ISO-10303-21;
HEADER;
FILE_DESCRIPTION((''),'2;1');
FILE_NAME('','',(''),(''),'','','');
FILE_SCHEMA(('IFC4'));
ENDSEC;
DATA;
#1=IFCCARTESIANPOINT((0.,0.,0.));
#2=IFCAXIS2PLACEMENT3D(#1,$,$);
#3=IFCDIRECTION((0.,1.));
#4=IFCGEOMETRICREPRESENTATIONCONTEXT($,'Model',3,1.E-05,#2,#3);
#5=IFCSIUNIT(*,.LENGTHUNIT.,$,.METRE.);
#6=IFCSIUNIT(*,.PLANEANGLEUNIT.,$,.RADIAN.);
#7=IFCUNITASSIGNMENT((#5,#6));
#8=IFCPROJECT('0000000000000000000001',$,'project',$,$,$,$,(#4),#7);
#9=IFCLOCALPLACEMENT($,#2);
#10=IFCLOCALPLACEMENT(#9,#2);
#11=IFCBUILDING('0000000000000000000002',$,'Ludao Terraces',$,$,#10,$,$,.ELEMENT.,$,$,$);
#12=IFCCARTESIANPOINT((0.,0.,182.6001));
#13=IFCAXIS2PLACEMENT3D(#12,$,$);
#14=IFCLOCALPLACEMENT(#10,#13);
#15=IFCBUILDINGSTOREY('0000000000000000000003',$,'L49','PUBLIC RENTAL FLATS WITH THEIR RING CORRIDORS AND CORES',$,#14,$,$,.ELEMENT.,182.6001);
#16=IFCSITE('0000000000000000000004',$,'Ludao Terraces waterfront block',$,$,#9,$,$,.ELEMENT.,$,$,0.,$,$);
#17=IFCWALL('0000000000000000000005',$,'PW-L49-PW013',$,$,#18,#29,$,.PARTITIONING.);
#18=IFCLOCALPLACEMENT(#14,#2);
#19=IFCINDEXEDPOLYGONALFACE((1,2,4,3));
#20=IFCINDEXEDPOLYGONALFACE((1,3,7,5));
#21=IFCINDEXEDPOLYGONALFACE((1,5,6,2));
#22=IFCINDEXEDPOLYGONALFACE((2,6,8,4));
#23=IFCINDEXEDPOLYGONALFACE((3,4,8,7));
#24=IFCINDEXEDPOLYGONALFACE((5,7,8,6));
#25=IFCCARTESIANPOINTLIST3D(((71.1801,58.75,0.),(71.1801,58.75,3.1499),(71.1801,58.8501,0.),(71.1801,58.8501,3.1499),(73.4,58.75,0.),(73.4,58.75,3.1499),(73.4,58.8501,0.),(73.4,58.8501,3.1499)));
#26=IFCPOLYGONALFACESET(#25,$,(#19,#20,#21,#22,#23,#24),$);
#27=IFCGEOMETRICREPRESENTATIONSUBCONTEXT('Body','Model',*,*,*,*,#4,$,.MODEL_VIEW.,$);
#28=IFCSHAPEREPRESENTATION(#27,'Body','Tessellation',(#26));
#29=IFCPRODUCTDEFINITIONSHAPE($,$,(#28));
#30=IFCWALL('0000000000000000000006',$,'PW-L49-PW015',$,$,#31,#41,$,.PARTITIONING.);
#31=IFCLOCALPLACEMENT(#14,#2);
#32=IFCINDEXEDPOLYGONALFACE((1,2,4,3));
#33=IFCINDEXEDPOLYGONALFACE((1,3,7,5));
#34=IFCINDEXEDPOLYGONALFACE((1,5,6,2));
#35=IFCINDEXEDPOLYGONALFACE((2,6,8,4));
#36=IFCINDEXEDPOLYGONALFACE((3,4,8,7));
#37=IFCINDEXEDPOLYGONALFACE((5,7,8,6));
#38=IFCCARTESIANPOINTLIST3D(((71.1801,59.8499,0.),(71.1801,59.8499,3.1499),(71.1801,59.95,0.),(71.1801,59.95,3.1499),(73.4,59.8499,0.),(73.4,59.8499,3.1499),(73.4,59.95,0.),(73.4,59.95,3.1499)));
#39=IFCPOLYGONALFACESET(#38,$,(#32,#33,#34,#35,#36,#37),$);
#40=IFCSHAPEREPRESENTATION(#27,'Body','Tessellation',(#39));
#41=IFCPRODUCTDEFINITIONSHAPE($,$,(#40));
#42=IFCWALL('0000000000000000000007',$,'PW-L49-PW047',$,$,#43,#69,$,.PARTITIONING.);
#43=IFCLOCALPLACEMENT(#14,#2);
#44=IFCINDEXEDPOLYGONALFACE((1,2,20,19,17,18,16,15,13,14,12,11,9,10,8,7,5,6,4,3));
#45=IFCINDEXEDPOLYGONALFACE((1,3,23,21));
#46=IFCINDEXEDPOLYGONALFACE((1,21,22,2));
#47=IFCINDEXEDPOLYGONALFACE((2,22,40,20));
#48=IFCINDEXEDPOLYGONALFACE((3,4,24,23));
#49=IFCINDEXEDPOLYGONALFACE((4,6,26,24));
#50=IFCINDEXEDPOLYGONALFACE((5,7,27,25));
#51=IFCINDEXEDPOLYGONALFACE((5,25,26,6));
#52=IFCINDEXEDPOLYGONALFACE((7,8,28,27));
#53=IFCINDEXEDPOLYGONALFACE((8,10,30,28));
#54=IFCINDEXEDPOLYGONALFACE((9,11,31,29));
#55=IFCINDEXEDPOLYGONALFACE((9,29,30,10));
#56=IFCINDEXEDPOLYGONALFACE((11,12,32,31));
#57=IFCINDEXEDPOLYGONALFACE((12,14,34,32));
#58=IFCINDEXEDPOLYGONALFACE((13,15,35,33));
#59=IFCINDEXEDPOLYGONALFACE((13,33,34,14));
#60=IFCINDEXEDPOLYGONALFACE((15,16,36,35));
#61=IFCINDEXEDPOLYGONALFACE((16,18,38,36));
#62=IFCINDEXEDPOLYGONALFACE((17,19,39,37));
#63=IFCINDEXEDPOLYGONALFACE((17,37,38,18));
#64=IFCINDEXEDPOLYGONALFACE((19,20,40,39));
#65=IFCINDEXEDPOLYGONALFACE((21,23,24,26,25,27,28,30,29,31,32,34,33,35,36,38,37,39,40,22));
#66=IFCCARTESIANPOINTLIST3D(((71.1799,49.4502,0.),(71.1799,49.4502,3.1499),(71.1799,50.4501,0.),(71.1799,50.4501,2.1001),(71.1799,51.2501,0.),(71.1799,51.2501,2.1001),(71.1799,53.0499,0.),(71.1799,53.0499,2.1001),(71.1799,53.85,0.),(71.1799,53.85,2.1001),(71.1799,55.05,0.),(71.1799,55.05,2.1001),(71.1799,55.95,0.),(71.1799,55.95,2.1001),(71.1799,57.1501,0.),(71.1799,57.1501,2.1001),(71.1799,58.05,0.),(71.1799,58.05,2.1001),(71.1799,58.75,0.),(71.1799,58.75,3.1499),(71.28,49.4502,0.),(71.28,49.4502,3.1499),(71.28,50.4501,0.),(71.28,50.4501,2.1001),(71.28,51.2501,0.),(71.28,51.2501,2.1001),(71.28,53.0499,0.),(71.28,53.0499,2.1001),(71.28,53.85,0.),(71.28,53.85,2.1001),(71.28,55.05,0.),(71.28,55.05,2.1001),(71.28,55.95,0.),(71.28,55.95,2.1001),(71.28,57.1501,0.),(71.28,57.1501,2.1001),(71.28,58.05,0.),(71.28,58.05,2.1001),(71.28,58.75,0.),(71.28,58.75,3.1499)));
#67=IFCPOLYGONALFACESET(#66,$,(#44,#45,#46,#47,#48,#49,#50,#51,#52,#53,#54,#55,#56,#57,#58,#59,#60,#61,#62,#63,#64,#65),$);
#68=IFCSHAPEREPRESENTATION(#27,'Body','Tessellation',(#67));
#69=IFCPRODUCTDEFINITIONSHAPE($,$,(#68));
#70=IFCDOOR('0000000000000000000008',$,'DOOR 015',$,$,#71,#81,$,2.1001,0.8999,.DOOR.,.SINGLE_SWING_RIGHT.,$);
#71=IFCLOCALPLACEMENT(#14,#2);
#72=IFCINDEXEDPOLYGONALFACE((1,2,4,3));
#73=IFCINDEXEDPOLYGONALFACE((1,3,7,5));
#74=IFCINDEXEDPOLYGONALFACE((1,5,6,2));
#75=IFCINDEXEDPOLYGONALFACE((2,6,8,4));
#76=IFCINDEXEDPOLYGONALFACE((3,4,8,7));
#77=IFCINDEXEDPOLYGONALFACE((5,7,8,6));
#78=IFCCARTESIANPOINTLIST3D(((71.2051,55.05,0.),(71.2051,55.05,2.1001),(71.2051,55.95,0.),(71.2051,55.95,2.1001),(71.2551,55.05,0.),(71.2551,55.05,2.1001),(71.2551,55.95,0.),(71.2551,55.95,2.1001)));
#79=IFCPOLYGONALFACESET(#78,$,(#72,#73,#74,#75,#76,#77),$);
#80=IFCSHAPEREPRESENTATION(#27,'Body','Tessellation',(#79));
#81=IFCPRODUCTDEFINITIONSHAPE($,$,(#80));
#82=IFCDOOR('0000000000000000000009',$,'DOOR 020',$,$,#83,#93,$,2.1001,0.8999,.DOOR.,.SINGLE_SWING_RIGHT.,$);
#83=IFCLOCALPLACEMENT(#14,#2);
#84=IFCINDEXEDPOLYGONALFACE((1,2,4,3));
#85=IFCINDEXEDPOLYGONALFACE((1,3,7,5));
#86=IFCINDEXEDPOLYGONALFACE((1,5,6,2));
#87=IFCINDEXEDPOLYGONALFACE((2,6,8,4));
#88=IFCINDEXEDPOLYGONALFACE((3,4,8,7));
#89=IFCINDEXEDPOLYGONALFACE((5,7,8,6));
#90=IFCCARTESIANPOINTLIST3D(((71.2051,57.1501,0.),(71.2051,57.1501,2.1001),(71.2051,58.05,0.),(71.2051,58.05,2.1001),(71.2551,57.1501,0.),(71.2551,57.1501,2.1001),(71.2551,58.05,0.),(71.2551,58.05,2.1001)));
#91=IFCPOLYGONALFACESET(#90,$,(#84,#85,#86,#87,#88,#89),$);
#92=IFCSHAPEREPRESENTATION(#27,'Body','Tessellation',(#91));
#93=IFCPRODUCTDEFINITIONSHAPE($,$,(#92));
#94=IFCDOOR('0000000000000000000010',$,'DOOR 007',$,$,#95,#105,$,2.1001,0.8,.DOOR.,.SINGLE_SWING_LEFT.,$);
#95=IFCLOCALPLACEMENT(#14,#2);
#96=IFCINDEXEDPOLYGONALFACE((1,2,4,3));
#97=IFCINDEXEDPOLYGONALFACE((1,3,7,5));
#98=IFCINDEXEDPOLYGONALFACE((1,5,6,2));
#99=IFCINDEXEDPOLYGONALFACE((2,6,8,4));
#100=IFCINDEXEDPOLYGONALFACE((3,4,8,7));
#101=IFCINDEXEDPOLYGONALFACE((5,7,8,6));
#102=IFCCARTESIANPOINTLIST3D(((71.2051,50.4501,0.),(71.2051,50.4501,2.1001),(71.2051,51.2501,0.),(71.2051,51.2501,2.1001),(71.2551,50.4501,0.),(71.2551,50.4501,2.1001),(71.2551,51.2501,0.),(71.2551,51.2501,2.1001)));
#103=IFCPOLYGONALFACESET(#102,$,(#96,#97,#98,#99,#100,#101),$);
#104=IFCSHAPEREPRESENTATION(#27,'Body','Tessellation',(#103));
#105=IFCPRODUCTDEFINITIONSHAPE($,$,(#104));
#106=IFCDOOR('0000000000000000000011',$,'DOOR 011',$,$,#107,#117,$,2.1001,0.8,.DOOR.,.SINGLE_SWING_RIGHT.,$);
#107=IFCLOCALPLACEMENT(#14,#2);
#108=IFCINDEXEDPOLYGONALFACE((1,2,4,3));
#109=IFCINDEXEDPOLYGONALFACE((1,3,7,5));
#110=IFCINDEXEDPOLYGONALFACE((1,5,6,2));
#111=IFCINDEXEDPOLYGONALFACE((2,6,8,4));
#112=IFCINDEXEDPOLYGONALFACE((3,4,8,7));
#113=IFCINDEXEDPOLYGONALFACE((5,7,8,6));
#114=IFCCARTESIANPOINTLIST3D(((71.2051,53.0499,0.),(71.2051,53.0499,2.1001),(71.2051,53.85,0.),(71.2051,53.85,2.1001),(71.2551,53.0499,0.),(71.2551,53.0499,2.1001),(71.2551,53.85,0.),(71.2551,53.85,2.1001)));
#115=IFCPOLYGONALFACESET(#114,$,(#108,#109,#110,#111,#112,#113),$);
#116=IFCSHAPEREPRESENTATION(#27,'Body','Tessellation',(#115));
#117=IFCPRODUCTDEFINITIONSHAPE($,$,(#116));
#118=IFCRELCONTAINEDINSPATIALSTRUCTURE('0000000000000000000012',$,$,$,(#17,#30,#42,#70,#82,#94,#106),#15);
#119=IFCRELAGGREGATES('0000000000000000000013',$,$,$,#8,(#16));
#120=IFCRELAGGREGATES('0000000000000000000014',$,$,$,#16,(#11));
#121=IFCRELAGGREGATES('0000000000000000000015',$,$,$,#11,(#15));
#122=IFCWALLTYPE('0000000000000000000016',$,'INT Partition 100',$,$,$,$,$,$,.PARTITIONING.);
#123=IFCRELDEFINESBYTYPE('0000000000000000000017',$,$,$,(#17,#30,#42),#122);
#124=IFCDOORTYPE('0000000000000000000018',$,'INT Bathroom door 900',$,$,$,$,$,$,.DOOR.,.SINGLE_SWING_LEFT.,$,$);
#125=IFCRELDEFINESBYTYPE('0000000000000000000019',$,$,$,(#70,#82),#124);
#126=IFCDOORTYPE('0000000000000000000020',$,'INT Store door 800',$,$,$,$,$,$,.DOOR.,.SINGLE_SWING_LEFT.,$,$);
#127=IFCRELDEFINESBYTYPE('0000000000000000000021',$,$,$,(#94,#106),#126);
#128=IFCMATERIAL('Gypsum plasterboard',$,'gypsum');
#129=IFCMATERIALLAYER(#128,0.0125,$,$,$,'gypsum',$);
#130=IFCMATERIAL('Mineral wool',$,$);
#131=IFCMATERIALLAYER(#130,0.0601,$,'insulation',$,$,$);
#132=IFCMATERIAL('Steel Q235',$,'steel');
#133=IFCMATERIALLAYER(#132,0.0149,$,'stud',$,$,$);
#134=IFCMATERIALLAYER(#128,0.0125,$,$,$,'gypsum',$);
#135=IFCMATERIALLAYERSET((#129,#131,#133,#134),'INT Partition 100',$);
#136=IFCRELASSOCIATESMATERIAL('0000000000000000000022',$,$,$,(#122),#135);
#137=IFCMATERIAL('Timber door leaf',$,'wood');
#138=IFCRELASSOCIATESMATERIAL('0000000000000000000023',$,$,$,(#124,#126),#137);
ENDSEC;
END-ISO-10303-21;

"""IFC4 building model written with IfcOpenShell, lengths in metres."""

from ifc_helpers import new_model, si_unit, direction, frame, frame_2d, origin, place, context, subcontext, project, spatial, rectangle, extrude, material, layer, layer_set, type_object, element, fill, save


model = new_model("IFC4")

# Units and contexts
model_context = context("Model", 3, precision=1e-05, world=origin(), true_north=direction((0.0, 1.0)))
body_context = subcontext(model_context, "Body", "Model", "MODEL_VIEW")
ifc_project = project(units=[si_unit("LENGTHUNIT", "METRE"), si_unit("PLANEANGLEUNIT", "RADIAN")], contexts=[model_context])

# Site, building, storey
site_placement = place(None, origin())
site = spatial("IfcSite", under=ifc_project, at=site_placement, Name="Ludao Terraces waterfront block", CompositionType="ELEMENT", RefElevation=0.0)
building_placement = place(site_placement, origin())
building = spatial("IfcBuilding", under=site, at=building_placement, Name="Ludao Terraces", CompositionType="ELEMENT")
storey_placement = place(building_placement, frame((0.0, 0.0, 182.6001)))
storey = spatial("IfcBuildingStorey", under=building, at=storey_placement, Name="L49", Description="PUBLIC RENTAL FLATS WITH THEIR RING CORRIDORS AND CORES", CompositionType="ELEMENT", Elevation=182.6001)

# Shared definitions
ifc_material_1 = material(Name="Timber door leaf", Category="wood")
ifc_material_2 = material(Name="Steel Q235", Category="steel")

# Walls
ifc_material_3 = material(Name="Gypsum plasterboard", Category="gypsum")
ifc_layer_1 = layer(ifc_material_3, 0.0125, Category="gypsum")
ifc_material_4 = material(Name="Mineral wool")
ifc_layer_2 = layer(ifc_material_4, 0.0601, Name="insulation")
ifc_layer_3 = layer(ifc_material_2, 0.0149, Name="stud")
ifc_layer_4 = layer(ifc_material_3, 0.0125, Category="gypsum")
ifc_layer_set_1 = layer_set([ifc_layer_1, ifc_layer_2, ifc_layer_3, ifc_layer_4], Name="INT Partition 100")
wall_type_1 = type_object("IfcWallType", Name="INT Partition 100", PredefinedType="PARTITIONING", material=ifc_layer_set_1)
for number, where, z_axis, x_axis, name in (
    (1, (71.1802, 58.8, 0.0), (0.0, 0.0, 1.0), (1.0, 0.0, 0.0), "PW-L49-PW013"),
    (2, (71.1802, 59.8999, 0.0), (0.0, 0.0, 1.0), (1.0, 0.0, 0.0), "PW-L49-PW015"),
):
    element("IfcWall", number, at=place(storey_placement, frame(where, z_axis=z_axis, x_axis=x_axis)), inside=storey, type_object=wall_type_1, Name=name, PredefinedType="PARTITIONING", context=body_context, shape_type="SweptSolid", body=[
        extrude(rectangle(XDim=2.22, YDim=0.1001, at=frame_2d((1.1099, 0.0))), origin(), (0.0, 0.0, 1.0), 3.1499),
    ])

# Wall, openings, doors
wall_1_placement = place(storey_placement, frame((71.23, 49.4502, 0.0), z_axis=(0.0, 0.0, 1.0), x_axis=(0.0, 1.0, 0.0)))
wall_1 = element("IfcWall", 3, at=wall_1_placement, inside=storey, type_object=wall_type_1, Name="PW-L49-PW047", PredefinedType="PARTITIONING", context=body_context, shape_type="SweptSolid", body=[
    extrude(rectangle(XDim=9.2998, YDim=0.1001, at=frame_2d((4.6499, 0.0))), origin(), (0.0, 0.0, 1.0), 3.1499),
])
opening_1_placement = place(wall_1_placement, frame((1.0, 0.0, 0.0)))
opening_1 = element("IfcOpeningElement", 4, at=opening_1_placement, cuts=wall_1, PredefinedType="OPENING", context=body_context, shape_type="SweptSolid", body=[
    extrude(rectangle(XDim=0.8, YDim=2.1001, at=frame_2d((0.3999, 1.05))), frame((0.0, 0.0601, 0.0), z_axis=(0.0, -1.0, 0.0), x_axis=(1.0, 0.0, 0.0)), (0.0, 0.0, 1.0), 0.1201),
])
opening_2_placement = place(wall_1_placement, frame((3.5999, 0.0, 0.0)))
opening_2 = element("IfcOpeningElement", 5, at=opening_2_placement, cuts=wall_1, PredefinedType="OPENING", context=body_context, shape_type="SweptSolid", body=[
    extrude(rectangle(XDim=0.8, YDim=2.1001, at=frame_2d((0.3999, 1.05))), frame((0.0, 0.0601, 0.0), z_axis=(0.0, -1.0, 0.0), x_axis=(1.0, 0.0, 0.0)), (0.0, 0.0, 1.0), 0.1201),
])
opening_3_placement = place(wall_1_placement, frame((5.5999, 0.0, 0.0)))
opening_3 = element("IfcOpeningElement", 6, at=opening_3_placement, cuts=wall_1, PredefinedType="OPENING", context=body_context, shape_type="SweptSolid", body=[
    extrude(rectangle(XDim=0.8999, YDim=2.1001, at=frame_2d((0.45, 1.05))), frame((0.0, 0.0601, 0.0), z_axis=(0.0, -1.0, 0.0), x_axis=(1.0, 0.0, 0.0)), (0.0, 0.0, 1.0), 0.1201),
])
opening_4_placement = place(wall_1_placement, frame((7.7, 0.0, 0.0)))
opening_4 = element("IfcOpeningElement", 7, at=opening_4_placement, cuts=wall_1, PredefinedType="OPENING", context=body_context, shape_type="SweptSolid", body=[
    extrude(rectangle(XDim=0.8999, YDim=2.1001, at=frame_2d((0.45, 1.05))), frame((0.0, 0.0601, 0.0), z_axis=(0.0, -1.0, 0.0), x_axis=(1.0, 0.0, 0.0)), (0.0, 0.0, 1.0), 0.1201),
])
door_type_1 = type_object("IfcDoorType", Name="INT Bathroom door 900", OperationType="SINGLE_SWING_LEFT", PredefinedType="DOOR", material=ifc_material_1)
door_1_placement = place(opening_3_placement, origin())
door_1 = element("IfcDoor", 8, at=door_1_placement, inside=storey, type_object=door_type_1, Name="DOOR 015", OperationType="SINGLE_SWING_RIGHT", OverallHeight=2.1001, OverallWidth=0.8999, PredefinedType="DOOR", context=body_context, shape_type="SweptSolid", body=[
    extrude(rectangle(XDim=0.8999, YDim=2.1001, at=frame_2d((0.45, 1.05))), frame((0.0, 0.0249, 0.0), z_axis=(0.0, -1.0, 0.0), x_axis=(1.0, 0.0, 0.0)), (0.0, 0.0, 1.0), 0.05),
])
fill(opening_3, door_1)
door_2_placement = place(opening_4_placement, origin())
door_2 = element("IfcDoor", 9, at=door_2_placement, inside=storey, type_object=door_type_1, Name="DOOR 020", OperationType="SINGLE_SWING_RIGHT", OverallHeight=2.1001, OverallWidth=0.8999, PredefinedType="DOOR", context=body_context, shape_type="SweptSolid", body=[
    extrude(rectangle(XDim=0.8999, YDim=2.1001, at=frame_2d((0.45, 1.05))), frame((0.0, 0.0249, 0.0), z_axis=(0.0, -1.0, 0.0), x_axis=(1.0, 0.0, 0.0)), (0.0, 0.0, 1.0), 0.05),
])
fill(opening_4, door_2)
door_type_2 = type_object("IfcDoorType", Name="INT Store door 800", OperationType="SINGLE_SWING_LEFT", PredefinedType="DOOR", material=ifc_material_1)
door_3_placement = place(opening_1_placement, origin())
door_3 = element("IfcDoor", 10, at=door_3_placement, inside=storey, type_object=door_type_2, Name="DOOR 007", OperationType="SINGLE_SWING_LEFT", OverallHeight=2.1001, OverallWidth=0.8, PredefinedType="DOOR", context=body_context, shape_type="SweptSolid", body=[
    extrude(rectangle(XDim=0.8, YDim=2.1001, at=frame_2d((0.3999, 1.05))), frame((0.0, 0.0249, 0.0), z_axis=(0.0, -1.0, 0.0), x_axis=(1.0, 0.0, 0.0)), (0.0, 0.0, 1.0), 0.05),
])
fill(opening_1, door_3)
door_4_placement = place(opening_2_placement, origin())
door_4 = element("IfcDoor", 11, at=door_4_placement, inside=storey, type_object=door_type_2, Name="DOOR 011", OperationType="SINGLE_SWING_RIGHT", OverallHeight=2.1001, OverallWidth=0.8, PredefinedType="DOOR", context=body_context, shape_type="SweptSolid", body=[
    extrude(rectangle(XDim=0.8, YDim=2.1001, at=frame_2d((0.3999, 1.05))), frame((0.0, 0.0249, 0.0), z_axis=(0.0, -1.0, 0.0), x_axis=(1.0, 0.0, 0.0)), (0.0, 0.0, 1.0), 0.05),
])
fill(opening_2, door_4)

save(model, "model.ifc")
